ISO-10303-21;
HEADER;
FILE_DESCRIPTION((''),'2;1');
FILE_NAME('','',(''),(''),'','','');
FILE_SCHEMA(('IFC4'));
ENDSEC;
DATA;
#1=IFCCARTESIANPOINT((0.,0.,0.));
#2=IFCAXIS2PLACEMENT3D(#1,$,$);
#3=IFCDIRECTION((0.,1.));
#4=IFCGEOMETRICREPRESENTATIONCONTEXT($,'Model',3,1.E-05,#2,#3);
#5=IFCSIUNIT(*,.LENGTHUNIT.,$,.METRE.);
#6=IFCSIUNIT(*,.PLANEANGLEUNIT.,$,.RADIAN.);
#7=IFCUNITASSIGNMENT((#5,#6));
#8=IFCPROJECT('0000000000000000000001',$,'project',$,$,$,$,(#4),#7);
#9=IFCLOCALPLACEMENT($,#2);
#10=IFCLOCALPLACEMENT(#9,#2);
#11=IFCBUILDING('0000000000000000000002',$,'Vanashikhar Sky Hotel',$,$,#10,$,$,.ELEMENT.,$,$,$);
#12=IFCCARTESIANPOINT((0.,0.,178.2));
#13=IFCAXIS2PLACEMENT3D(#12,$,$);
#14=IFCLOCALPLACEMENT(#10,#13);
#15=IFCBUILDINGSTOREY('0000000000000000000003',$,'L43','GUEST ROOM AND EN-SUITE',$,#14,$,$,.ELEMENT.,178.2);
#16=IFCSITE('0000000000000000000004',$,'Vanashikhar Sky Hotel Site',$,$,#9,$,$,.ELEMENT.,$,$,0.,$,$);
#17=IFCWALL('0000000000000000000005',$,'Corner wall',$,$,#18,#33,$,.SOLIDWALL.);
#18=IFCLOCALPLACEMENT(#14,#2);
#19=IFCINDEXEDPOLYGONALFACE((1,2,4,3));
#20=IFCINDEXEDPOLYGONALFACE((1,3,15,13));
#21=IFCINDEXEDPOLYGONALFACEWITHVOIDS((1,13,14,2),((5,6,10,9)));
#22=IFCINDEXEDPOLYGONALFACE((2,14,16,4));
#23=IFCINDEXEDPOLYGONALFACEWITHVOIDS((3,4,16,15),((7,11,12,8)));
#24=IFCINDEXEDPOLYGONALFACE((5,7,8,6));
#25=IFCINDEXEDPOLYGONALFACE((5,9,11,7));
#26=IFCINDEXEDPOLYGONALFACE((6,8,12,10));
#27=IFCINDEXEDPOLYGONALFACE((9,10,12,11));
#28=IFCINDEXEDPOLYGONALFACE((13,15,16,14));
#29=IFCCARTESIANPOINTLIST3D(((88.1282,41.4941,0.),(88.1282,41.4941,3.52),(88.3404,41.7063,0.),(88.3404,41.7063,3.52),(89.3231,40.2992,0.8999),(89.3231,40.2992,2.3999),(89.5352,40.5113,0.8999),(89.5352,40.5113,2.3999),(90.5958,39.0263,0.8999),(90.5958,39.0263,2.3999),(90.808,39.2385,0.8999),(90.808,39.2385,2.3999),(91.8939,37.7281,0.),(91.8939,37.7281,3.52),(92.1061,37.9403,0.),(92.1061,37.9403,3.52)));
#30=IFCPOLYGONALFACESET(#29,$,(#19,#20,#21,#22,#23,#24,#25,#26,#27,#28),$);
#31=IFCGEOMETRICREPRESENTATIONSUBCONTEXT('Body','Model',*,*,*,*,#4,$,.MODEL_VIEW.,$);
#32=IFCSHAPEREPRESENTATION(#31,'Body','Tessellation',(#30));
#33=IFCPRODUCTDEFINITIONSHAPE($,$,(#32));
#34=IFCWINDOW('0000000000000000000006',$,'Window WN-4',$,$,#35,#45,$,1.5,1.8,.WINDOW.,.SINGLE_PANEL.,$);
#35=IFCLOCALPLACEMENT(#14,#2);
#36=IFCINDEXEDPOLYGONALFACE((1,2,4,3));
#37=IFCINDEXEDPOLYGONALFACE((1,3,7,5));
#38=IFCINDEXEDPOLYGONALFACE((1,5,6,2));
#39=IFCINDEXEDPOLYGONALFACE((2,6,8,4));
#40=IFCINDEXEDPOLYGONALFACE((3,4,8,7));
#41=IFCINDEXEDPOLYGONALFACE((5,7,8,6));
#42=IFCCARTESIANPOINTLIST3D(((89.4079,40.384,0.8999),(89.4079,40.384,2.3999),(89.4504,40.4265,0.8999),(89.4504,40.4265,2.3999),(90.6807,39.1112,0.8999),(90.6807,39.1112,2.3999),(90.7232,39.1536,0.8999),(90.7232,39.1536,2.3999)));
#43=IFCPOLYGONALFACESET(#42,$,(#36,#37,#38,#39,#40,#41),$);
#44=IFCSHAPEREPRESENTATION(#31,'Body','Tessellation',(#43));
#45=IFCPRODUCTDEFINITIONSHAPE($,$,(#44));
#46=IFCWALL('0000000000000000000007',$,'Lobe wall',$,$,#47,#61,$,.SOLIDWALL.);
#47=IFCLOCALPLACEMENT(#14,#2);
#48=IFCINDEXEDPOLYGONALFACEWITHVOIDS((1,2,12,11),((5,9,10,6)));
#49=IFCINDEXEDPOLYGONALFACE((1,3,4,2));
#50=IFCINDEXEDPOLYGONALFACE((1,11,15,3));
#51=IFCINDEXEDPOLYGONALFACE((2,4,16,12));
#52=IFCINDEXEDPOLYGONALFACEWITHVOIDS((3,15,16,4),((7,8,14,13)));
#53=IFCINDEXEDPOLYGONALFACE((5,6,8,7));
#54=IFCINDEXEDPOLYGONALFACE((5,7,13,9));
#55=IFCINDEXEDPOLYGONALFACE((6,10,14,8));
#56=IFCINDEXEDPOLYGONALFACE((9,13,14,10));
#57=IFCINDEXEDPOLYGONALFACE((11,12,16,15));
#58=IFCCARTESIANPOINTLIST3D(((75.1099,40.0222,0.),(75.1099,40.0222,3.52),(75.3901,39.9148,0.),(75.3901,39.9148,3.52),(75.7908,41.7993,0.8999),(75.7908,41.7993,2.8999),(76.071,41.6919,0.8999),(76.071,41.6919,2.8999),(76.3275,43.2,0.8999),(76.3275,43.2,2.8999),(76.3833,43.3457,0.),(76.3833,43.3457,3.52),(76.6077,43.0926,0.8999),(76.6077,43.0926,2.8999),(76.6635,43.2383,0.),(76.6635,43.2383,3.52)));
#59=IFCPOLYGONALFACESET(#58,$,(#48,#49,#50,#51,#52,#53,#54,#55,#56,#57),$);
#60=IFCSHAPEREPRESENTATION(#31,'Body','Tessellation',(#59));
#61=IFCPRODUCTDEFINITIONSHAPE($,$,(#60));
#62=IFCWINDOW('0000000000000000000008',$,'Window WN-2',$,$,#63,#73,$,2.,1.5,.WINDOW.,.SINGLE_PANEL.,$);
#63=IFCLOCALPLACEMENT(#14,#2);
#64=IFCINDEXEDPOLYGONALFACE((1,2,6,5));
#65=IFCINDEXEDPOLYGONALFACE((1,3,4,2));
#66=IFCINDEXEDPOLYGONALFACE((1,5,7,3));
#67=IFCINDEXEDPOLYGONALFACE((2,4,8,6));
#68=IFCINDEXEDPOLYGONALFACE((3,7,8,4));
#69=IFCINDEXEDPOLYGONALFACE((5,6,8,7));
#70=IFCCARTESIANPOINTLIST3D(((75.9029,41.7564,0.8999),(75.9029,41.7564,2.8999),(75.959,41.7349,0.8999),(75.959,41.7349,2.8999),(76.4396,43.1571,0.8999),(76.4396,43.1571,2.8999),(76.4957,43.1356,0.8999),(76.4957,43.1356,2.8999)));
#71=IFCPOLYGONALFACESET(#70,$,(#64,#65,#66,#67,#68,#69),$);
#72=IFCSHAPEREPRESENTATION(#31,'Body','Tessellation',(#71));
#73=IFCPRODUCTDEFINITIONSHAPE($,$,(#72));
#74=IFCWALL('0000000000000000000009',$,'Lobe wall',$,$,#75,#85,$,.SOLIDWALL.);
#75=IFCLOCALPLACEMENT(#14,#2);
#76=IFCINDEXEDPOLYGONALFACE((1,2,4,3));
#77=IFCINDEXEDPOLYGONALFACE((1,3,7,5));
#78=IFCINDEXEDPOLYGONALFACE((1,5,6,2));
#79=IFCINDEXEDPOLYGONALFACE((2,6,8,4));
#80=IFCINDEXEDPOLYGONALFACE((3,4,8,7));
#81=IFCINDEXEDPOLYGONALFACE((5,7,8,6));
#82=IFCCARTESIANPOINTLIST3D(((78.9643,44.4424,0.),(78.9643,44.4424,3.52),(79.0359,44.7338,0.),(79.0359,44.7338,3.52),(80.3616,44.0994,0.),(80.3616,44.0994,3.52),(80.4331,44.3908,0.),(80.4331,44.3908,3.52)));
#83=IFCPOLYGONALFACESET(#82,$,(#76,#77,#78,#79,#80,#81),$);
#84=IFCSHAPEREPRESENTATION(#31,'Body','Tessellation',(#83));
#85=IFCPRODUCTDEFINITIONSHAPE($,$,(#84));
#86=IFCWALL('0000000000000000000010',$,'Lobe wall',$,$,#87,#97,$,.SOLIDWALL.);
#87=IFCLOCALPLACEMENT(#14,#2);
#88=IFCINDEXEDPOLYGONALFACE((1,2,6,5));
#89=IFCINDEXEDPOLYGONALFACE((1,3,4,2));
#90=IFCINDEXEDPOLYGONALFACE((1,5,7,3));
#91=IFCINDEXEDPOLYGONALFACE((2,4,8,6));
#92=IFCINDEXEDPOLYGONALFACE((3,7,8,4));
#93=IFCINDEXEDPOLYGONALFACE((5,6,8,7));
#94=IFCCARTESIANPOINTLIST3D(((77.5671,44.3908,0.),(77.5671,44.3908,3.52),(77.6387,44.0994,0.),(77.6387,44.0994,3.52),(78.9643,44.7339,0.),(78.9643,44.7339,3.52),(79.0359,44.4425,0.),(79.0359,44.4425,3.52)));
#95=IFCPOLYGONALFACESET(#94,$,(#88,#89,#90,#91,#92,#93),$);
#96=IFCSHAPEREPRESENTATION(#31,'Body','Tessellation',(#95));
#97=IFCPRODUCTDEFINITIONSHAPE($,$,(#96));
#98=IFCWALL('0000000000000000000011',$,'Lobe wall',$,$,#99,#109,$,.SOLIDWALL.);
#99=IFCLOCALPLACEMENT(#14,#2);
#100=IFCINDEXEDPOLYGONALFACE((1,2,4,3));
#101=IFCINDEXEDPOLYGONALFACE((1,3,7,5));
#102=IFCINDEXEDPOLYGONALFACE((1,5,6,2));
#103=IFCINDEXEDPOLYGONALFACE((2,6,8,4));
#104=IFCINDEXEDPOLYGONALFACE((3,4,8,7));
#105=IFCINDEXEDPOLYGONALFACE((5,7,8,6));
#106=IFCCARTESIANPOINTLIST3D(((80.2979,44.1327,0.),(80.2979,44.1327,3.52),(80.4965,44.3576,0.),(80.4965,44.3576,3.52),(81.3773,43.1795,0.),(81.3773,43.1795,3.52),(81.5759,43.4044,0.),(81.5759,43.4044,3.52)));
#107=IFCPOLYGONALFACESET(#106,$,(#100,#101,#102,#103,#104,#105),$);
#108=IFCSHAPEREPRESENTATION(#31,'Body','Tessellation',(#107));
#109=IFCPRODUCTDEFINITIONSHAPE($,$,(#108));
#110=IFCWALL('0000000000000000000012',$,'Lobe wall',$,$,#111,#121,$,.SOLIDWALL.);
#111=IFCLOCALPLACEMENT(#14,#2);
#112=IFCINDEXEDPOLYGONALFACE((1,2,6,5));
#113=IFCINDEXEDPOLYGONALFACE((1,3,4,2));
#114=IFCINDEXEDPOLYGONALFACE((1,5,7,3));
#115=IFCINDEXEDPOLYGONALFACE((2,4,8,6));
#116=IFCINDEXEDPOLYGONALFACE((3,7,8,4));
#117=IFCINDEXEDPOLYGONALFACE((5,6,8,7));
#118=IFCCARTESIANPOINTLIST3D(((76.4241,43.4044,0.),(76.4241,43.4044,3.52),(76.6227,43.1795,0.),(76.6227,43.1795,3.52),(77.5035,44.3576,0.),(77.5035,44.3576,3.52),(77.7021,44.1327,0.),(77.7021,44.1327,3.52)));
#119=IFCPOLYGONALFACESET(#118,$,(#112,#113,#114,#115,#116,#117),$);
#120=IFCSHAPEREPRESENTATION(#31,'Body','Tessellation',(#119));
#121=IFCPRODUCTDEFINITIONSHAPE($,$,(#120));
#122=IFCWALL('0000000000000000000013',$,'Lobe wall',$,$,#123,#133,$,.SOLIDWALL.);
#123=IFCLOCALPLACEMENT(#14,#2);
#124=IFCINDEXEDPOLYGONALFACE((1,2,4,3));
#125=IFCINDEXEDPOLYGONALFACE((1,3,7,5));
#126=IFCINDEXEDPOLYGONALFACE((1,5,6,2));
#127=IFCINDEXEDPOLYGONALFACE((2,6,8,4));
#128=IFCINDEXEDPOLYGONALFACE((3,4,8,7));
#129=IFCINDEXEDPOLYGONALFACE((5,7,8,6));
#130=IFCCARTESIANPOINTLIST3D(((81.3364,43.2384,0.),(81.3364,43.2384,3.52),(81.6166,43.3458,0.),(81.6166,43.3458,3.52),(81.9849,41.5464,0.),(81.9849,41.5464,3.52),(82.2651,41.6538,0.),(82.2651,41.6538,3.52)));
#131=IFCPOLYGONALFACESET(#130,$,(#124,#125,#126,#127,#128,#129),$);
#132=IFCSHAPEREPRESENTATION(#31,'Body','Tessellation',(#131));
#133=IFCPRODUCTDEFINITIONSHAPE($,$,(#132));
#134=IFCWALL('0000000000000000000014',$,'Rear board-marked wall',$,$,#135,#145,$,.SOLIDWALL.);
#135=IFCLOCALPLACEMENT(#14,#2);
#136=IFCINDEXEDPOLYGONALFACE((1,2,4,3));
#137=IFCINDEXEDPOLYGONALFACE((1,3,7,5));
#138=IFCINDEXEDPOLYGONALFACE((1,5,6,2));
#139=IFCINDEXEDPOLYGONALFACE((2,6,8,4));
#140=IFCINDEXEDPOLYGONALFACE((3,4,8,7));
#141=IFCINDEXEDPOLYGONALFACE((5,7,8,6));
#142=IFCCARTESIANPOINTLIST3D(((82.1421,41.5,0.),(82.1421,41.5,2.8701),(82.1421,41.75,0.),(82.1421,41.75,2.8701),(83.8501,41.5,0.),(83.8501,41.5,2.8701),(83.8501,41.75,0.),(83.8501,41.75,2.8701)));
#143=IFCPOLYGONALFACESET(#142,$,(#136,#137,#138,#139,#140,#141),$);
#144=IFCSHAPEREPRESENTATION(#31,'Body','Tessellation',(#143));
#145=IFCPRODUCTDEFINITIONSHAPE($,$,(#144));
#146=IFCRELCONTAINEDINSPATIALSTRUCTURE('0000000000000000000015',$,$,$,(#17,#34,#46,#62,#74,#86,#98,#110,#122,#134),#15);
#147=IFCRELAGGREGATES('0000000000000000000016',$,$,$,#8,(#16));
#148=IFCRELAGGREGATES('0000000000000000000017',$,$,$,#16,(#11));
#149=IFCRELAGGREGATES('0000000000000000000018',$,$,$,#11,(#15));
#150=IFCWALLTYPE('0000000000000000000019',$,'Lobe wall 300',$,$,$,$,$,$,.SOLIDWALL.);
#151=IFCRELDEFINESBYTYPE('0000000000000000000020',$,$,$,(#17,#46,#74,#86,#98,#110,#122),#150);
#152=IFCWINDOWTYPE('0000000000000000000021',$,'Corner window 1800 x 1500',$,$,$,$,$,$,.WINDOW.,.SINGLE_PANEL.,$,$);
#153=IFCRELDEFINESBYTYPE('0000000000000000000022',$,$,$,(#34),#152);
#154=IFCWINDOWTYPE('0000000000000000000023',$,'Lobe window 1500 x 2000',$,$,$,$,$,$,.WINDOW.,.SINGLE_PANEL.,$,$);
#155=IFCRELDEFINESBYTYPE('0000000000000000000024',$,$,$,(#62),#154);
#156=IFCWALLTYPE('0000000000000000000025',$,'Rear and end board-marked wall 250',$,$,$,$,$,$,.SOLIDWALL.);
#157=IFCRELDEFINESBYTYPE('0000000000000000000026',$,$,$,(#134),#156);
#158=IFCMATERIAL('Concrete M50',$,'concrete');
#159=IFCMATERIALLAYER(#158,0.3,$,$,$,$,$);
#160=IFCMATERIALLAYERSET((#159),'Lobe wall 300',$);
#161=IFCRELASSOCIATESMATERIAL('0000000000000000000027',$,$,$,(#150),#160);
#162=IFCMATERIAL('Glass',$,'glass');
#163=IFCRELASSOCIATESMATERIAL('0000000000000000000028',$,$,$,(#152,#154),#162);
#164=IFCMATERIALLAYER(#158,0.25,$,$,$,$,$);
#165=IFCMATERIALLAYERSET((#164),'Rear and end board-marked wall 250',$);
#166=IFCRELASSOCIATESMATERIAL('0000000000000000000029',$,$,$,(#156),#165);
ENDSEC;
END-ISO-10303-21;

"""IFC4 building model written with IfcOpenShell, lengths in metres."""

from ifc_helpers import new_model, si_unit, direction, frame, frame_2d, origin, place, context, subcontext, project, spatial, rectangle, extrude, source, transform, mapped, material, layer, layer_set, type_object, element, fill, save


model = new_model("IFC4")

# Units and contexts
model_context = context("Model", 3, precision=1e-05, world=origin(), true_north=direction((0.0, 1.0)))
body_context = subcontext(model_context, "Body", "Model", "MODEL_VIEW")
ifc_project = project(units=[si_unit("LENGTHUNIT", "METRE"), si_unit("PLANEANGLEUNIT", "RADIAN")], contexts=[model_context])

# Site, building, storey
site_placement = place(None, origin())
site = spatial("IfcSite", under=ifc_project, at=site_placement, Name="Vanashikhar Sky Hotel Site", CompositionType="ELEMENT", RefElevation=0.0)
building_placement = place(site_placement, origin())
building = spatial("IfcBuilding", under=site, at=building_placement, Name="Vanashikhar Sky Hotel", CompositionType="ELEMENT")
storey_placement = place(building_placement, frame((0.0, 0.0, 178.2)))
storey = spatial("IfcBuildingStorey", under=building, at=storey_placement, Name="L43", Description="GUEST ROOM AND EN-SUITE", CompositionType="ELEMENT", Elevation=178.2)

# Walls, openings, windows
ifc_material_1 = material(Name="Concrete M50", Category="concrete")
ifc_layer_1 = layer(ifc_material_1, 0.3)
ifc_layer_set_1 = layer_set([ifc_layer_1], Name="Lobe wall 300")
wall_type_1 = type_object("IfcWallType", Name="Lobe wall 300", PredefinedType="SOLIDWALL", material=ifc_layer_set_1)
shared_shape_1 = source(origin(), body_context, "Body", "SweptSolid", [
    extrude(rectangle(XDim=5.3257, YDim=0.3, at=frame_2d((2.6628, 0.0))), origin(), (0.0, 0.0, 1.0), 3.52),
])
wall_1_placement = place(storey_placement, frame((92.0, 37.8342, 0.0), z_axis=(0.0, 0.0, 1.0), x_axis=(-0.707084, 0.70713, 0.0)))
wall_1 = element("IfcWall", 1, at=wall_1_placement, inside=storey, type_object=wall_type_1, Name="Corner wall", PredefinedType="SOLIDWALL", context=body_context, shape_type="MappedRepresentation", body=[
    mapped(shared_shape_1, transform((0.0, 0.0, 0.0), scale=1.0)),
])
shared_shape_2 = source(origin(), body_context, "Body", "SweptSolid", [
    extrude(rectangle(XDim=1.8, YDim=1.5, at=frame_2d((0.8999, 0.75))), frame((0.0, 0.1602, 0.0), z_axis=(0.0, -1.0, 0.0), x_axis=(1.0, 0.0, 0.0)), (0.0, 0.0, 1.0), 0.3201),
])
opening_1_placement = place(wall_1_placement, frame((1.8359, 0.0, 0.8999)))
opening_1 = element("IfcOpeningElement", 2, at=opening_1_placement, cuts=wall_1, PredefinedType="OPENING", context=body_context, shape_type="MappedRepresentation", body=[
    mapped(shared_shape_2, transform((0.0, 0.0, 0.0), scale=1.0)),
])
ifc_material_2 = material(Name="Glass", Category="glass")
window_type_1 = type_object("IfcWindowType", Name="Corner window 1800 x 1500", PartitioningType="SINGLE_PANEL", PredefinedType="WINDOW", material=ifc_material_2)
shared_shape_3 = source(origin(), body_context, "Body", "SweptSolid", [
    extrude(rectangle(XDim=1.8, YDim=1.5, at=frame_2d((0.8999, 0.75))), frame((0.0, 0.03, 0.0), z_axis=(0.0, -1.0, 0.0), x_axis=(1.0, 0.0, 0.0)), (0.0, 0.0, 1.0), 0.0601),
])
window_1_placement = place(opening_1_placement, origin())
window_1 = element("IfcWindow", 3, at=window_1_placement, inside=storey, type_object=window_type_1, Name="Window WN-4", OverallHeight=1.5, OverallWidth=1.8, PartitioningType="SINGLE_PANEL", PredefinedType="WINDOW", context=body_context, shape_type="MappedRepresentation", body=[
    mapped(shared_shape_3, transform((0.0, 0.0, 0.0), scale=1.0)),
])
fill(opening_1, window_1)
shared_shape_4 = source(origin(), body_context, "Body", "SweptSolid", [
    extrude(rectangle(XDim=3.5591, YDim=0.3, at=frame_2d((1.7795, 0.0))), origin(), (0.0, 0.0, 1.0), 3.52),
])
wall_2_placement = place(storey_placement, frame((76.5234, 43.292, 0.0), z_axis=(0.0, 0.0, 1.0), x_axis=(-0.357797, -0.933799, 0.0)))
wall_2 = element("IfcWall", 4, at=wall_2_placement, inside=storey, type_object=wall_type_1, Name="Lobe wall", PredefinedType="SOLIDWALL", context=body_context, shape_type="MappedRepresentation", body=[
    mapped(shared_shape_4, transform((0.0, 0.0, 0.0), scale=1.0)),
])
shared_shape_5 = source(origin(), body_context, "Body", "SweptSolid", [
    extrude(rectangle(XDim=1.5, YDim=2.0, at=frame_2d((0.75, 1.0))), frame((0.0, 0.1602, 0.0), z_axis=(0.0, -1.0, 0.0), x_axis=(1.0, 0.0, 0.0)), (0.0, 0.0, 1.0), 0.3201),
])
opening_2_placement = place(wall_2_placement, frame((0.156, 0.0, 0.8999)))
opening_2 = element("IfcOpeningElement", 5, at=opening_2_placement, cuts=wall_2, PredefinedType="OPENING", context=body_context, shape_type="MappedRepresentation", body=[
    mapped(shared_shape_5, transform((0.0, 0.0, 0.0), scale=1.0)),
])
window_type_2 = type_object("IfcWindowType", Name="Lobe window 1500 x 2000", PartitioningType="SINGLE_PANEL", PredefinedType="WINDOW", material=ifc_material_2)
shared_shape_6 = source(origin(), body_context, "Body", "SweptSolid", [
    extrude(rectangle(XDim=1.5, YDim=2.0, at=frame_2d((0.75, 1.0))), frame((0.0, 0.03, 0.0), z_axis=(0.0, -1.0, 0.0), x_axis=(1.0, 0.0, 0.0)), (0.0, 0.0, 1.0), 0.0601),
])
window_2_placement = place(opening_2_placement, origin())
window_2 = element("IfcWindow", 6, at=window_2_placement, inside=storey, type_object=window_type_2, Name="Window WN-2", OverallHeight=2.0, OverallWidth=1.5, PartitioningType="SINGLE_PANEL", PredefinedType="WINDOW", context=body_context, shape_type="MappedRepresentation", body=[
    mapped(shared_shape_6, transform((0.0, 0.0, 0.0), scale=1.0)),
])
fill(opening_2, window_2)

# Walls
shared_shape_7 = source(origin(), body_context, "Body", "SweptSolid", [
    extrude(rectangle(XDim=1.4387, YDim=0.3, at=frame_2d((0.7192, 0.0))), origin(), (0.0, 0.0, 1.0), 3.52),
])
for number, where, z_axis, x_axis, name in (
    (7, (80.3972, 44.2451, 0.0), (0.0, 0.0, 1.0), (-0.971162, 0.238421, 0.0), "Lobe wall"),
    (8, (79.0, 44.5881, 0.0), (0.0, 0.0, 1.0), (-0.971162, -0.238421, 0.0), "Lobe wall"),
):
    element("IfcWall", number, at=place(storey_placement, frame(where, z_axis=z_axis, x_axis=x_axis)), inside=storey, type_object=wall_type_1, Name=name, PredefinedType="SOLIDWALL", context=body_context, shape_type="MappedRepresentation", body=[
        mapped(shared_shape_7, transform((0.0, 0.0, 0.0), scale=1.0)),
    ])
shared_shape_8 = source(origin(), body_context, "Body", "SweptSolid", [
    extrude(rectangle(XDim=1.4399, YDim=0.3, at=frame_2d((0.72, 0.0))), origin(), (0.0, 0.0, 1.0), 3.52),
])
for number, where, z_axis, x_axis, name in (
    (9, (81.4766, 43.292, 0.0), (0.0, 0.0, 1.0), (-0.749576, 0.661919, 0.0), "Lobe wall"),
    (10, (77.6028, 44.2451, 0.0), (0.0, 0.0, 1.0), (-0.749576, -0.661919, 0.0), "Lobe wall"),
):
    element("IfcWall", number, at=place(storey_placement, frame(where, z_axis=z_axis, x_axis=x_axis)), inside=storey, type_object=wall_type_1, Name=name, PredefinedType="SOLIDWALL", context=body_context, shape_type="MappedRepresentation", body=[
        mapped(shared_shape_8, transform((0.0, 0.0, 0.0), scale=1.0)),
    ])
shared_shape_9 = source(origin(), body_context, "Body", "SweptSolid", [
    extrude(rectangle(XDim=1.812, YDim=0.3, at=frame_2d((0.906, 0.0))), origin(), (0.0, 0.0, 1.0), 3.52),
])
wall_3_placement = place(storey_placement, frame((82.125, 41.6001, 0.0), z_axis=(0.0, 0.0, 1.0), x_axis=(-0.357877, 0.933769, 0.0)))
element("IfcWall", 11, at=wall_3_placement, inside=storey, type_object=wall_type_1, Name="Lobe wall", PredefinedType="SOLIDWALL", context=body_context, shape_type="MappedRepresentation", body=[
    mapped(shared_shape_9, transform((0.0, 0.0, 0.0), scale=1.0)),
])
ifc_layer_2 = layer(ifc_material_1, 0.25)
ifc_layer_set_2 = layer_set([ifc_layer_2], Name="Rear and end board-marked wall 250")
wall_type_2 = type_object("IfcWallType", Name="Rear and end board-marked wall 250", PredefinedType="SOLIDWALL", material=ifc_layer_set_2)
shared_shape_10 = source(origin(), body_context, "Body", "SweptSolid", [
    extrude(rectangle(XDim=1.708, YDim=0.25, at=frame_2d((0.854, 0.0))), origin(), (0.0, 0.0, 1.0), 2.8701),
])
wall_4_placement = place(storey_placement, frame((83.8501, 41.625, 0.0), z_axis=(0.0, 0.0, 1.0), x_axis=(-1.0, 0.0, 0.0)))
element("IfcWall", 12, at=wall_4_placement, inside=storey, type_object=wall_type_2, Name="Rear board-marked wall", PredefinedType="SOLIDWALL", context=body_context, shape_type="MappedRepresentation", body=[
    mapped(shared_shape_10, transform((0.0, 0.0, 0.0), scale=1.0)),
])

save(model, "model.ifc")
